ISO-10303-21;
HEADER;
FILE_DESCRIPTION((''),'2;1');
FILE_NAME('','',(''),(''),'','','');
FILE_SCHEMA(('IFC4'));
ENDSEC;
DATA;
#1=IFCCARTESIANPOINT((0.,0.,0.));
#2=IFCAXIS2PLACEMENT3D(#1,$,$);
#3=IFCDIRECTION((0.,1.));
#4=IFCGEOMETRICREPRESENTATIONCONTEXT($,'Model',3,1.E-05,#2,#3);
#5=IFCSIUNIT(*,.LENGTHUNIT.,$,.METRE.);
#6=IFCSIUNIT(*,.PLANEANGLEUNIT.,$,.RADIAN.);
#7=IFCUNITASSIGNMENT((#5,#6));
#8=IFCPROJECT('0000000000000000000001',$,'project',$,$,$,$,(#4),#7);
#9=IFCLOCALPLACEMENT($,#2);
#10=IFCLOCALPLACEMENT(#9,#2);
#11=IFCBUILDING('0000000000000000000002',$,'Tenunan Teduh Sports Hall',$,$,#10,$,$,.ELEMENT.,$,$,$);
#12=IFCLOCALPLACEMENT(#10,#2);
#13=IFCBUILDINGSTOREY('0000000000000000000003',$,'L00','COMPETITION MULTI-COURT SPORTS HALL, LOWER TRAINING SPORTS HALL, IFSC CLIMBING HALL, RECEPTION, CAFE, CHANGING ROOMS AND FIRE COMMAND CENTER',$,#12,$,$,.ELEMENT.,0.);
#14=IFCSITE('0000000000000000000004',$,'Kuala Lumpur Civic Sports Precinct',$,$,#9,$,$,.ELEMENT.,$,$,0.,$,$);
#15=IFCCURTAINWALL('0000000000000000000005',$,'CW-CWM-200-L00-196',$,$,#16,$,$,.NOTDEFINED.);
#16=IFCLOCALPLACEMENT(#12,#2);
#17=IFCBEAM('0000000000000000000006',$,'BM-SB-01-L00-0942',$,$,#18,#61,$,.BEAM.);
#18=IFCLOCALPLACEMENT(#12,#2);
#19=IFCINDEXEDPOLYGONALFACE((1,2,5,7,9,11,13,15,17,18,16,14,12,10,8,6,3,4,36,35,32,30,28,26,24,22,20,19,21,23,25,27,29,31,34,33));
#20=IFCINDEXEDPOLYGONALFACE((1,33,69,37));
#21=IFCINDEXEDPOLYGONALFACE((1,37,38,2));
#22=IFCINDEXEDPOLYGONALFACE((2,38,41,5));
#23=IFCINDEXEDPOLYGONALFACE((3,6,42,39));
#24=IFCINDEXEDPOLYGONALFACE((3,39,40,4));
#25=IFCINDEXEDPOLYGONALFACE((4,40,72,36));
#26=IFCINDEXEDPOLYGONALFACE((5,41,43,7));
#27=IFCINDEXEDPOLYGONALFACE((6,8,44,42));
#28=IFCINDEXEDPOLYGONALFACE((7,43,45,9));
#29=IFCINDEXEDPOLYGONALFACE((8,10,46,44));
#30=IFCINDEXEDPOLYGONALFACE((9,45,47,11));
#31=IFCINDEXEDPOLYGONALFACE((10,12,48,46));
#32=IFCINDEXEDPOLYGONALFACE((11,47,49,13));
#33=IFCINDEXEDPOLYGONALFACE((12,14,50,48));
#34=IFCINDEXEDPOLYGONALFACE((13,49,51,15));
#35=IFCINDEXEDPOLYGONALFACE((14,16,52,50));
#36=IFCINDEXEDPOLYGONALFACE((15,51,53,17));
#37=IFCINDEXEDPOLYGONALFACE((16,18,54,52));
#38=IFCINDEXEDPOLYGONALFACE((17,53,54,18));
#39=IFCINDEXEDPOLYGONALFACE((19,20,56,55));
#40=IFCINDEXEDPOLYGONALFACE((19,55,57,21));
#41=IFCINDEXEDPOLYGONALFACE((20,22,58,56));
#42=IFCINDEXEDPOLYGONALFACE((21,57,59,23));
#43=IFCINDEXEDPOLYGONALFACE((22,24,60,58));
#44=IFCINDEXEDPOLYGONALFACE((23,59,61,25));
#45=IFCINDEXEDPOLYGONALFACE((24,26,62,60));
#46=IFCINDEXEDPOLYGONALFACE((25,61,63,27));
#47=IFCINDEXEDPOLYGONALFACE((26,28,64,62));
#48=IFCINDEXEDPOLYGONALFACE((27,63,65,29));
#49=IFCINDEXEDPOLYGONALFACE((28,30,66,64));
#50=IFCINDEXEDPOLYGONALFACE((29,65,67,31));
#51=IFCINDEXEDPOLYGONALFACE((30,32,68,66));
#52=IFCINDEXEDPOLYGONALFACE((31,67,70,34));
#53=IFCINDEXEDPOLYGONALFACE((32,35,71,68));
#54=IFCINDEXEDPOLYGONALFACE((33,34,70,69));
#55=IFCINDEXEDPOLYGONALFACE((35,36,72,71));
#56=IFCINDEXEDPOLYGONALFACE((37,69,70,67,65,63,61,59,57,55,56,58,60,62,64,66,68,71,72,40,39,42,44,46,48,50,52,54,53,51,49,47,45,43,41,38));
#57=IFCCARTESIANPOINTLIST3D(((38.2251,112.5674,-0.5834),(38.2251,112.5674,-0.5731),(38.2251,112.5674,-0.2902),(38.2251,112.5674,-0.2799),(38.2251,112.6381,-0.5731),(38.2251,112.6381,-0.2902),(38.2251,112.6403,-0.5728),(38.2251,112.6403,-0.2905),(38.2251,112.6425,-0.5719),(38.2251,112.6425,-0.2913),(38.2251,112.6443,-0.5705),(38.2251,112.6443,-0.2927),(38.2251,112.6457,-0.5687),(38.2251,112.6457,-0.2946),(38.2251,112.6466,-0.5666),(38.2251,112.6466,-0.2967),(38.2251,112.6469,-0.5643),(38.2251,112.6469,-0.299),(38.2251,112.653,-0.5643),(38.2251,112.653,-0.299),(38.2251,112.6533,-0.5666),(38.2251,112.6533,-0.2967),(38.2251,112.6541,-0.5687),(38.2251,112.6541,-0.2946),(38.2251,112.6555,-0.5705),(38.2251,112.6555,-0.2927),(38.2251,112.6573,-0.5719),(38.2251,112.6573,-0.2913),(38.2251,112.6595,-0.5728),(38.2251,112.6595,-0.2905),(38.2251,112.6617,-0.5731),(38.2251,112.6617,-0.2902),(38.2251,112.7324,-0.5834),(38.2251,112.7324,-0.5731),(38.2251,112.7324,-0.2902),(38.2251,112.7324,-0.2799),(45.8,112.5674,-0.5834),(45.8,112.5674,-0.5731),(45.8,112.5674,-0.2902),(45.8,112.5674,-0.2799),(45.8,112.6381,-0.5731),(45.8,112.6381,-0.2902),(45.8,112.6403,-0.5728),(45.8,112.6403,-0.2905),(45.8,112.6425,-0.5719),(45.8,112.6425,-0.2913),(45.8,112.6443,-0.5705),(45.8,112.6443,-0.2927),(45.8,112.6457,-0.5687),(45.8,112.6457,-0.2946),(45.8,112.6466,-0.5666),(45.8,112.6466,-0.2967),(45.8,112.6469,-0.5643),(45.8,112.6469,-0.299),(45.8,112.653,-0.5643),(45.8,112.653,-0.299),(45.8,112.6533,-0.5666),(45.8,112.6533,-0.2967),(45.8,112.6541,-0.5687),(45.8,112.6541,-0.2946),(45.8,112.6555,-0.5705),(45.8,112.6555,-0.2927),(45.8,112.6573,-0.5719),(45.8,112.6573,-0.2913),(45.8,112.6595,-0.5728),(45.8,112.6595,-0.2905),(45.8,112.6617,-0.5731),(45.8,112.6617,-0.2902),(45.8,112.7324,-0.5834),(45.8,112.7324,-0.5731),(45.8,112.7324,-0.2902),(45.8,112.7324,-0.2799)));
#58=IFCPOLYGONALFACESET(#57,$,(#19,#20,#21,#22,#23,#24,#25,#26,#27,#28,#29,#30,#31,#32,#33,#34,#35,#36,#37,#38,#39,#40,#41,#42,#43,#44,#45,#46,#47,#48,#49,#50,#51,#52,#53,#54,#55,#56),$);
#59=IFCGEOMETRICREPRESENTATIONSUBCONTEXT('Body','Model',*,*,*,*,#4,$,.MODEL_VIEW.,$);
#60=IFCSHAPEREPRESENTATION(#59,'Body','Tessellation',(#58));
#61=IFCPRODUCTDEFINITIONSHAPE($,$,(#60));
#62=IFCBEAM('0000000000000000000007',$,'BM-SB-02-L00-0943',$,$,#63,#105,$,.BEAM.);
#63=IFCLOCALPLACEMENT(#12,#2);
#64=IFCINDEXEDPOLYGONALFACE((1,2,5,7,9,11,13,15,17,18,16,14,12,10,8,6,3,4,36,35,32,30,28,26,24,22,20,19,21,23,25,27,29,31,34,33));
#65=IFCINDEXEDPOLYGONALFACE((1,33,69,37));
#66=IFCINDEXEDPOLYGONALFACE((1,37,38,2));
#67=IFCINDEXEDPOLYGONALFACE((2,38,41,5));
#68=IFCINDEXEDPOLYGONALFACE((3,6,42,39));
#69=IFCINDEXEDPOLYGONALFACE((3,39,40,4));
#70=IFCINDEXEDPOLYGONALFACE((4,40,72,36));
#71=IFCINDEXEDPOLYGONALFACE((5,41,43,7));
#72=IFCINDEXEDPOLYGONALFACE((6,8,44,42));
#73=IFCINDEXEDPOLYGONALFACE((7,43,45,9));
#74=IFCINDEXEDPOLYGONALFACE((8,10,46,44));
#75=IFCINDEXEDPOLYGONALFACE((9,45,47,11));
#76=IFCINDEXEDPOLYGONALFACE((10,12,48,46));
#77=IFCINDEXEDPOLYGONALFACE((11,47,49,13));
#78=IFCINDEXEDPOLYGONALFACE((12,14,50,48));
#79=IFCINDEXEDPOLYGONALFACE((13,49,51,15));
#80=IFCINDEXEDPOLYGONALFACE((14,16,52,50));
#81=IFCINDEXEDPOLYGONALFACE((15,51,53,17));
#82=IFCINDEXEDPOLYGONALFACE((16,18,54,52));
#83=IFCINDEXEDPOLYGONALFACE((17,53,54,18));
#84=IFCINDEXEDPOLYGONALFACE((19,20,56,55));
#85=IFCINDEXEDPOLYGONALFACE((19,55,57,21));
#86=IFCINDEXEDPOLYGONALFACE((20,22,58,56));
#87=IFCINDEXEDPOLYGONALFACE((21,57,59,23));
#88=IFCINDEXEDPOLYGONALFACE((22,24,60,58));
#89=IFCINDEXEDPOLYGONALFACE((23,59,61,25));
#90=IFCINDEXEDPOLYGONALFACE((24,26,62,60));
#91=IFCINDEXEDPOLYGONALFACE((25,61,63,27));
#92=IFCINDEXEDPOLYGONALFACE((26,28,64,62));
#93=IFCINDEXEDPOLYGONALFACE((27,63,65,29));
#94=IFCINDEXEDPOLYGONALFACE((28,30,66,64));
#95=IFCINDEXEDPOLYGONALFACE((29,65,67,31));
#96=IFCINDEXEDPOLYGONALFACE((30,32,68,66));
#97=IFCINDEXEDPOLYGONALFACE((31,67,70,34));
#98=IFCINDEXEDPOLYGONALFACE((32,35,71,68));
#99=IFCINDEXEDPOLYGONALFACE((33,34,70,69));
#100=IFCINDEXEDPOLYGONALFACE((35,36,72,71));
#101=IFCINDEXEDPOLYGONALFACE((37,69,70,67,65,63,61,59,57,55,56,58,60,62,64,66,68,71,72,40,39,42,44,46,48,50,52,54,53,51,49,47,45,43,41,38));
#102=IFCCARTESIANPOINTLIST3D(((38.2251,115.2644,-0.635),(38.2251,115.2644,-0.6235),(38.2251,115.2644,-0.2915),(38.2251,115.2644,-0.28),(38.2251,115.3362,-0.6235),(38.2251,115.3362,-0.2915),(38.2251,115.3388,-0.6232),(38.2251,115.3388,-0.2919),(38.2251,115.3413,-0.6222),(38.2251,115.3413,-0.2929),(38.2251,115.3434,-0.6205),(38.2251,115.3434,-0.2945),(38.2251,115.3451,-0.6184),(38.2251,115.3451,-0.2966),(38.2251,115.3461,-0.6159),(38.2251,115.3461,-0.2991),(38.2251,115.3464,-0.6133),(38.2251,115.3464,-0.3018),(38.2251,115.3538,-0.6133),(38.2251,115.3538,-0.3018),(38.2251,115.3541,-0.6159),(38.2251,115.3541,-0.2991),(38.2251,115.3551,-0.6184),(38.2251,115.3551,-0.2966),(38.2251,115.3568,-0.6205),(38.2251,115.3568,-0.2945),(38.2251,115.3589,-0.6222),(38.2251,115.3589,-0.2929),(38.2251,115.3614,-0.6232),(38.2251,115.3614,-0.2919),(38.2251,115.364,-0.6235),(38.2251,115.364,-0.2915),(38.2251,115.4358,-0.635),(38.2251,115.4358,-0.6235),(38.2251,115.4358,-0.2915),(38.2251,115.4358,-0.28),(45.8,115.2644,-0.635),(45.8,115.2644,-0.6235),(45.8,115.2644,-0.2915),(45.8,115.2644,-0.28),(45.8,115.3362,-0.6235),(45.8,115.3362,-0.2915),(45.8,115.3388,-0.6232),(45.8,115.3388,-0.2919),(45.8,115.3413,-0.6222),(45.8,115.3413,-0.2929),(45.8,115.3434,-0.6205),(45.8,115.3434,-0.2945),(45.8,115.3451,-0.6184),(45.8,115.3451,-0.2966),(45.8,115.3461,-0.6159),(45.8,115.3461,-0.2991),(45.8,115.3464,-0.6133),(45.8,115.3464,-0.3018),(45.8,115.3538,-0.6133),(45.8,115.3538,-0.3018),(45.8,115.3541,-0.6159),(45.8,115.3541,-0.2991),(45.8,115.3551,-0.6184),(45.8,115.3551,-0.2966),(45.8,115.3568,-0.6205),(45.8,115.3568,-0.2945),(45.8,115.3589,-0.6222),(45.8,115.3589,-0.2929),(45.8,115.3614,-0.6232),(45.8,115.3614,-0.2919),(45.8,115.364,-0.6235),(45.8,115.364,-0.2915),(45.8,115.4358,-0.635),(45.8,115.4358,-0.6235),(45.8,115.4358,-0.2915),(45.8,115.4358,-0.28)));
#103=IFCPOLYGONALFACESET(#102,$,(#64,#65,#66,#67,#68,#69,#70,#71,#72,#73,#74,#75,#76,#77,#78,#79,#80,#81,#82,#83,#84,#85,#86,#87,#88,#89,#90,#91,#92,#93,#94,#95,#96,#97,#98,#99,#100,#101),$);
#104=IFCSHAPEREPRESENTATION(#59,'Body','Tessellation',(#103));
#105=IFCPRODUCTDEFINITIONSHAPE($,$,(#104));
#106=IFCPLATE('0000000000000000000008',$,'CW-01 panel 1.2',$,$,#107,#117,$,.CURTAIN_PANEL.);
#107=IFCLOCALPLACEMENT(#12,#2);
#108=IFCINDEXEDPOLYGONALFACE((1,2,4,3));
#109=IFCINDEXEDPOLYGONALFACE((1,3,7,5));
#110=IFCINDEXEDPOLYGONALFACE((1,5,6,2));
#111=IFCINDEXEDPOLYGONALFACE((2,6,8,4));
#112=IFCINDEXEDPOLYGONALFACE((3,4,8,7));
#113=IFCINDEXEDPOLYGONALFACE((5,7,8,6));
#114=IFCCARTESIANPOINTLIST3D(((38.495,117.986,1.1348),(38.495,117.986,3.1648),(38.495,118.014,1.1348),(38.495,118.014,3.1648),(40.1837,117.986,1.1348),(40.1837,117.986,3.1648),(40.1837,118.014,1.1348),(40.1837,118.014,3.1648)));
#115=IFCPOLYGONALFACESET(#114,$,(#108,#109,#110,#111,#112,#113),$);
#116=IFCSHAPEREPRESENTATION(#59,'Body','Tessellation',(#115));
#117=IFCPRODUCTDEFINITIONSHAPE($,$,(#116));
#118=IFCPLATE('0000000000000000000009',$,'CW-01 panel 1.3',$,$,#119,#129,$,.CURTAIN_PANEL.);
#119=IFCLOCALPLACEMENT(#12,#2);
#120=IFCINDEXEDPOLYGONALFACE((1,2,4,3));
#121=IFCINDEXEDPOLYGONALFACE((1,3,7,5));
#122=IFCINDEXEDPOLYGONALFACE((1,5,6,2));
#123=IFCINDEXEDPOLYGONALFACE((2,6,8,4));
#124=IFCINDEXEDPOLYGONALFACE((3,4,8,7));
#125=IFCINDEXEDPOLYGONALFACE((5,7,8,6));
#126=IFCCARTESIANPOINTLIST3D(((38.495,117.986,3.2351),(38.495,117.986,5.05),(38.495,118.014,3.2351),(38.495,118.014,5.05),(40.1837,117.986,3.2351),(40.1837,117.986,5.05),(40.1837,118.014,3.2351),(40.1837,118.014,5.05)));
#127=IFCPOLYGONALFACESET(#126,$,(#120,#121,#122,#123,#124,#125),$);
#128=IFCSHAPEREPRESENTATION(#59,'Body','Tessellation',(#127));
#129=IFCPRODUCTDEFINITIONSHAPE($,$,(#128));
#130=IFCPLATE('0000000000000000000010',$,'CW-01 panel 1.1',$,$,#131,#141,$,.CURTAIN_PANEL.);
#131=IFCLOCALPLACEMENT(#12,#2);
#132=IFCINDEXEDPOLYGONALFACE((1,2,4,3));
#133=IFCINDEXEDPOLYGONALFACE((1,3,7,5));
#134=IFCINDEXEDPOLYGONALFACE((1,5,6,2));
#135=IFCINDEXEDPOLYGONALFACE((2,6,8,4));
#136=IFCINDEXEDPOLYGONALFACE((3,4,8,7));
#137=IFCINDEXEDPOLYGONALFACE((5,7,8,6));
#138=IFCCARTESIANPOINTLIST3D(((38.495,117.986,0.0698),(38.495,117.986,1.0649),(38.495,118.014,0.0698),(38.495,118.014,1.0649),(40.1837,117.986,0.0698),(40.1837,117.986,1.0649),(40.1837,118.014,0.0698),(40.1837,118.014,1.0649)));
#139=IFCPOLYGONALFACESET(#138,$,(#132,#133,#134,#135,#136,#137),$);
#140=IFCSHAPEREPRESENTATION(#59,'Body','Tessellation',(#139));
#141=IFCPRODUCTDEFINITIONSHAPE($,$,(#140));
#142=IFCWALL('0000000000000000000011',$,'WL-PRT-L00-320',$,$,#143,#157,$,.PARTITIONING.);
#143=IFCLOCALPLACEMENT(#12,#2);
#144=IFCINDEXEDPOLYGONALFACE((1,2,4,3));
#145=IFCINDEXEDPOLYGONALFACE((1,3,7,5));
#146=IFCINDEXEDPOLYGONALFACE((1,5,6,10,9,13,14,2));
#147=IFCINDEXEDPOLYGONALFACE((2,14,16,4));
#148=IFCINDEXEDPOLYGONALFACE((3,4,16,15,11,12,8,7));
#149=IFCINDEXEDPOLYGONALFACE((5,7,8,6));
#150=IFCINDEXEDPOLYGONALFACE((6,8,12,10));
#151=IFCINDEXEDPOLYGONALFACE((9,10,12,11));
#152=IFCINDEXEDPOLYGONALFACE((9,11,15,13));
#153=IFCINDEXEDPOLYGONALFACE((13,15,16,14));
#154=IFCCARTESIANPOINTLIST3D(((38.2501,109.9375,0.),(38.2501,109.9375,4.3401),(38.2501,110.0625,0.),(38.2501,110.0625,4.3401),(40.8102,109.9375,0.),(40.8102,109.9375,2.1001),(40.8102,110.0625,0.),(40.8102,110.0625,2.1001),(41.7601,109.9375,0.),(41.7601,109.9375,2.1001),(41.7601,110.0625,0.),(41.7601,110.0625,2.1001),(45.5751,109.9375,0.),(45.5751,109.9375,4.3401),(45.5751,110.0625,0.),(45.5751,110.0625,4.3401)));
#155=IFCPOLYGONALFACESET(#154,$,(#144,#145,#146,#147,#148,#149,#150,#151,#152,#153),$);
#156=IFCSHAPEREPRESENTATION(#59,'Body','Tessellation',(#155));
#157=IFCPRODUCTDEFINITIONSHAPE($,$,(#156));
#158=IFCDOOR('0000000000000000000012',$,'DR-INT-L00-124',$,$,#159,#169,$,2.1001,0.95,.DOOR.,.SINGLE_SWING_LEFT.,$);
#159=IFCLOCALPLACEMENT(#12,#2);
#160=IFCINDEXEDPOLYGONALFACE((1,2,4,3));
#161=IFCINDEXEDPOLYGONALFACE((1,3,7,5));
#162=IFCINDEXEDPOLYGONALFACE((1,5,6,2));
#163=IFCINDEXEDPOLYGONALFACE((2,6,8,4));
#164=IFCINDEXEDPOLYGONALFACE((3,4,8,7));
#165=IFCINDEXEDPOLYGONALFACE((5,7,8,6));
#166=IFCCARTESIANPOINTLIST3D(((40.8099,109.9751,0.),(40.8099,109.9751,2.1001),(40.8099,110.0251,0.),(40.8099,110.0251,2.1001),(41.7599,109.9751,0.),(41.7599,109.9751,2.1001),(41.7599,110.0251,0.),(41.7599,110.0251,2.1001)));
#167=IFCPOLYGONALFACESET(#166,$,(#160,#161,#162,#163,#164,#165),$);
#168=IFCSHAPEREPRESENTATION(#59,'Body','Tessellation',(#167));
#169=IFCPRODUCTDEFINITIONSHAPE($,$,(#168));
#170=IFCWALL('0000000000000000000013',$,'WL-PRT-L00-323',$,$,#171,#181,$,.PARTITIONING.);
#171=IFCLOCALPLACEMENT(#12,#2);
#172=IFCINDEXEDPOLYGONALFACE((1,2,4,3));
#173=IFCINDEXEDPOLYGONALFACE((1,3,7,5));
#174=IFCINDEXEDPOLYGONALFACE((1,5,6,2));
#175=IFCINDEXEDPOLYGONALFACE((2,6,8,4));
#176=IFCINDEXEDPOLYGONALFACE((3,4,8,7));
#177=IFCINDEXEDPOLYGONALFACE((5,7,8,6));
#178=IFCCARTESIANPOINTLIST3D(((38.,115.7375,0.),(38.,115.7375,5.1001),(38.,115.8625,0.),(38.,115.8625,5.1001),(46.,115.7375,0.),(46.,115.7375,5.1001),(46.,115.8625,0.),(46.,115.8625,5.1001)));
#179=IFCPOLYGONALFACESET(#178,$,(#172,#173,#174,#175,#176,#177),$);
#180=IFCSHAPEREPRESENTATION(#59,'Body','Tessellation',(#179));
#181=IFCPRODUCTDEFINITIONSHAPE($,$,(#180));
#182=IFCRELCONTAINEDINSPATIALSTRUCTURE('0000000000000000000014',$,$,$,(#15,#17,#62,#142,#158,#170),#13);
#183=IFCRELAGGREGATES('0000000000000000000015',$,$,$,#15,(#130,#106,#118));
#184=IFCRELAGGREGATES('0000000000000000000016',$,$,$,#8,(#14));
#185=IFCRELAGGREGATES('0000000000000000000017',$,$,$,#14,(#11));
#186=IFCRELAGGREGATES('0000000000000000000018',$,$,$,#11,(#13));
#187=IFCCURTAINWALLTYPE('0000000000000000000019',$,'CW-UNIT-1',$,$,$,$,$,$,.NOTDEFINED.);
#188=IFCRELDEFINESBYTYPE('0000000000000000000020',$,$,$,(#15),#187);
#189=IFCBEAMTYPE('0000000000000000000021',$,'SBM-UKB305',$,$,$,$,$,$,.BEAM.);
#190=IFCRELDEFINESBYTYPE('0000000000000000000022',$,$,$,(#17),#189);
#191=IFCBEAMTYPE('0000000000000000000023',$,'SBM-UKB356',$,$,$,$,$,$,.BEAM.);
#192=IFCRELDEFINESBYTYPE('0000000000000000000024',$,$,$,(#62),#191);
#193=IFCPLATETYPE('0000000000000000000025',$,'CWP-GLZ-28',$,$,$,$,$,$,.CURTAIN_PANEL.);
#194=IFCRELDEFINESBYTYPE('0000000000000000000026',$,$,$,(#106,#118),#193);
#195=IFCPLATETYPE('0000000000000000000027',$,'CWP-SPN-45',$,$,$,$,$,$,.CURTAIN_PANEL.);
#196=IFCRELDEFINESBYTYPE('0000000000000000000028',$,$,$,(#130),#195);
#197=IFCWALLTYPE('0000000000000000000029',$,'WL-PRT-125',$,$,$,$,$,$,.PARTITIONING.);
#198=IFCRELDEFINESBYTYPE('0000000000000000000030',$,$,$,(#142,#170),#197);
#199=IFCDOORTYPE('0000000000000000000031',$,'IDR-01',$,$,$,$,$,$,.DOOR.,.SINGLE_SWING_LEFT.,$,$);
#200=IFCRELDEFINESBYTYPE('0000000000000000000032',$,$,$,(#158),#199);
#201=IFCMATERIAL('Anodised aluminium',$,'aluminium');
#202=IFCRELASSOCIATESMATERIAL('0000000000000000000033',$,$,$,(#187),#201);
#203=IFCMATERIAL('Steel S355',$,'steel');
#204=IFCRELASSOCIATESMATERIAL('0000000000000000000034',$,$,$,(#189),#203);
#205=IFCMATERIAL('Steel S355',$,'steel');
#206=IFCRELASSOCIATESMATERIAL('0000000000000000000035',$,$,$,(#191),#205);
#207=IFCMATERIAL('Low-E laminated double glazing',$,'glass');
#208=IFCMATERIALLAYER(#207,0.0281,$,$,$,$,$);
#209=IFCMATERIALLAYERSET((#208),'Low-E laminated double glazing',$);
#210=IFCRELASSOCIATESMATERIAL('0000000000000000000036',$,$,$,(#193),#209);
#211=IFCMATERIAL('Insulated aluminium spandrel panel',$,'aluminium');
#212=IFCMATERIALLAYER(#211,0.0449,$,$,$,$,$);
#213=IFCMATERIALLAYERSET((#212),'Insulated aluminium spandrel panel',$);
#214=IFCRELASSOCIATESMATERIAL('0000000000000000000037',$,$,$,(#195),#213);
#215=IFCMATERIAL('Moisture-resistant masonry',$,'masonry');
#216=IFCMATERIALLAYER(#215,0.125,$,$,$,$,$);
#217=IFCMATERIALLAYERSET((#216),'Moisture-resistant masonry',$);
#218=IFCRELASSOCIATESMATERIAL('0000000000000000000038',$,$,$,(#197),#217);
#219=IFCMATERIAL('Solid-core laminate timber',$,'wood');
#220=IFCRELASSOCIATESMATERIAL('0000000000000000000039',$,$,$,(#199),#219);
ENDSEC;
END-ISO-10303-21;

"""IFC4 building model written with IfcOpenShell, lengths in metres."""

from ifc_helpers import new_model, si_unit, direction, frame, frame_2d, origin, origin_2d, place, context, subcontext, project, spatial, rectangle, i_section, extrude, material, layer, layer_set, material_profile, profile_set, type_object, element, fill, aggregate, save


model = new_model("IFC4")

# Units and contexts
model_context = context("Model", 3, precision=1e-05, world=origin(), true_north=direction((0.0, 1.0)))
body_context = subcontext(model_context, "Body", "Model", "MODEL_VIEW")
ifc_project = project(units=[si_unit("LENGTHUNIT", "METRE"), si_unit("PLANEANGLEUNIT", "RADIAN")], contexts=[model_context])

# Site, building, storey
site_placement = place(None, origin())
site = spatial("IfcSite", under=ifc_project, at=site_placement, Name="Kuala Lumpur Civic Sports Precinct", CompositionType="ELEMENT", RefElevation=0.0)
building_placement = place(site_placement, origin())
building = spatial("IfcBuilding", under=site, at=building_placement, Name="Tenunan Teduh Sports Hall", CompositionType="ELEMENT")
storey_placement = place(building_placement, origin())
storey = spatial("IfcBuildingStorey", under=building, at=storey_placement, Name="L00", Description="COMPETITION MULTI-COURT SPORTS HALL, LOWER TRAINING SPORTS HALL, IFSC CLIMBING HALL, RECEPTION, CAFE, CHANGING ROOMS AND FIRE COMMAND CENTER", CompositionType="ELEMENT", Elevation=0.0)

# Curtain wall
ifc_material_1 = material(Name="Anodised aluminium", Category="aluminium")
curtain_wall_type = type_object("IfcCurtainWallType", Name="CW-UNIT-1", PredefinedType="NOTDEFINED", material=ifc_material_1)
curtain_wall_placement = place(storey_placement, origin())
curtain_wall = element("IfcCurtainWall", 1, at=curtain_wall_placement, inside=storey, type_object=curtain_wall_type, Name="CW-CWM-200-L00-196", PredefinedType="NOTDEFINED")

# Beams
ifc_material_2 = material(Name="Steel S355", Category="steel")
ifc_material_profile_1 = material_profile(ifc_material_2, i_section(OverallWidth=0.165, OverallDepth=0.3035, WebThickness=0.0061, FlangeThickness=0.0103, FilletRadius=0.0088, at=origin_2d()), Name="UKB 305x165x40")
ifc_profile_set_1 = profile_set([ifc_material_profile_1], Name="Steel S355")
beam_type_1 = type_object("IfcBeamType", Name="SBM-UKB305", PredefinedType="BEAM", material=ifc_profile_set_1)
beam_1_placement = place(storey_placement, frame((38.2251, 112.6499, -0.4316), z_axis=(1.0, 0.0, 0.0), x_axis=(0.0, 1.0, 0.0)))
element("IfcBeam", 2, at=beam_1_placement, inside=storey, type_object=beam_type_1, Name="BM-SB-01-L00-0942", PredefinedType="BEAM", context=body_context, shape_type="SweptSolid", body=[
    extrude(i_section(OverallWidth=0.165, OverallDepth=0.3035, WebThickness=0.0061, FlangeThickness=0.0103, FilletRadius=0.0088, at=origin_2d()), origin(), (0.0, 0.0, 1.0), 7.575),
])
ifc_material_3 = material(Name="Steel S355", Category="steel")
ifc_material_profile_2 = material_profile(ifc_material_3, i_section(OverallWidth=0.1714, OverallDepth=0.355, WebThickness=0.0073, FlangeThickness=0.0115, FilletRadius=0.0103, at=origin_2d()), Name="UKB 356x171x51")
ifc_profile_set_2 = profile_set([ifc_material_profile_2], Name="Steel S355")
beam_type_2 = type_object("IfcBeamType", Name="SBM-UKB356", PredefinedType="BEAM", material=ifc_profile_set_2)
beam_2_placement = place(storey_placement, frame((38.2251, 115.3501, -0.4575), z_axis=(1.0, 0.0, 0.0), x_axis=(0.0, 1.0, 0.0)))
element("IfcBeam", 3, at=beam_2_placement, inside=storey, type_object=beam_type_2, Name="BM-SB-02-L00-0943", PredefinedType="BEAM", context=body_context, shape_type="SweptSolid", body=[
    extrude(i_section(OverallWidth=0.1714, OverallDepth=0.355, WebThickness=0.0073, FlangeThickness=0.0115, FilletRadius=0.0103, at=origin_2d()), origin(), (0.0, 0.0, 1.0), 7.575),
])

# Plates
ifc_material_4 = material(Name="Low-E laminated double glazing", Category="glass")
ifc_layer_1 = layer(ifc_material_4, 0.0281)
ifc_layer_set_1 = layer_set([ifc_layer_1], Name="Low-E laminated double glazing")
plate_type_1 = type_object("IfcPlateType", Name="CWP-GLZ-28", PredefinedType="CURTAIN_PANEL", material=ifc_layer_set_1)
plate_1_placement = place(storey_placement, frame((39.3394, 118.0, 1.1348), z_axis=(0.0, 0.0, 1.0), x_axis=(1.0, 0.0, 0.0)))
plate_1 = element("IfcPlate", 4, at=plate_1_placement, type_object=plate_type_1, Name="CW-01 panel 1.2", PredefinedType="CURTAIN_PANEL", context=body_context, shape_type="SweptSolid", body=[
    extrude(rectangle(XDim=1.6887, YDim=0.0281, at=origin_2d()), origin(), (0.0, 0.0, 1.0), 2.03),
])
plate_2_placement = place(storey_placement, frame((39.3394, 118.0, 3.2351), z_axis=(0.0, 0.0, 1.0), x_axis=(1.0, 0.0, 0.0)))
plate_2 = element("IfcPlate", 5, at=plate_2_placement, type_object=plate_type_1, Name="CW-01 panel 1.3", PredefinedType="CURTAIN_PANEL", context=body_context, shape_type="SweptSolid", body=[
    extrude(rectangle(XDim=1.6887, YDim=0.0281, at=origin_2d()), origin(), (0.0, 0.0, 1.0), 1.8149),
])
ifc_material_5 = material(Name="Insulated aluminium spandrel panel", Category="aluminium")
ifc_layer_2 = layer(ifc_material_5, 0.0449)
ifc_layer_set_2 = layer_set([ifc_layer_2], Name="Insulated aluminium spandrel panel")
plate_type_2 = type_object("IfcPlateType", Name="CWP-SPN-45", PredefinedType="CURTAIN_PANEL", material=ifc_layer_set_2)
plate_3_placement = place(storey_placement, frame((39.3394, 118.0, 0.0698), z_axis=(0.0, 0.0, 1.0), x_axis=(1.0, 0.0, 0.0)))
plate_3 = element("IfcPlate", 6, at=plate_3_placement, type_object=plate_type_2, Name="CW-01 panel 1.1", PredefinedType="CURTAIN_PANEL", context=body_context, shape_type="SweptSolid", body=[
    extrude(rectangle(XDim=1.6887, YDim=0.0281, at=origin_2d()), origin(), (0.0, 0.0, 1.0), 0.9951),
])
aggregate(curtain_wall, [plate_3, plate_1, plate_2])

# Wall, opening, door
ifc_material_6 = material(Name="Moisture-resistant masonry", Category="masonry")
ifc_layer_3 = layer(ifc_material_6, 0.125)
ifc_layer_set_3 = layer_set([ifc_layer_3], Name="Moisture-resistant masonry")
wall_type = type_object("IfcWallType", Name="WL-PRT-125", PredefinedType="PARTITIONING", material=ifc_layer_set_3)
wall_1_placement = place(storey_placement, frame((38.25, 110.0, 0.0), z_axis=(0.0, 0.0, 1.0), x_axis=(1.0, 0.0, 0.0)))
wall_1 = element("IfcWall", 7, at=wall_1_placement, inside=storey, type_object=wall_type, Name="WL-PRT-L00-320", PredefinedType="PARTITIONING", context=body_context, shape_type="SweptSolid", body=[
    extrude(rectangle(XDim=7.325, YDim=0.125, at=frame_2d((3.6626, 0.0))), origin(), (0.0, 0.0, 1.0), 4.3401),
])
opening_placement = place(wall_1_placement, frame((2.5601, 0.0, 0.0)))
opening = element("IfcOpeningElement", 8, at=opening_placement, cuts=wall_1, PredefinedType="OPENING", context=body_context, shape_type="SweptSolid", body=[
    extrude(rectangle(XDim=0.95, YDim=2.1001, at=frame_2d((0.4751, 1.05))), frame((0.0, 0.0725, 0.0), z_axis=(0.0, -1.0, 0.0), x_axis=(1.0, 0.0, 0.0)), (0.0, 0.0, 1.0), 0.145),
])
ifc_material_7 = material(Name="Solid-core laminate timber", Category="wood")
door_type = type_object("IfcDoorType", Name="IDR-01", OperationType="SINGLE_SWING_LEFT", PredefinedType="DOOR", material=ifc_material_7)
door_placement = place(opening_placement, frame((0.95, 0.0, 0.0), z_axis=(0.0, 0.0, 1.0), x_axis=(-1.0, 0.0, 0.0)))
door = element("IfcDoor", 9, at=door_placement, inside=storey, type_object=door_type, Name="DR-INT-L00-124", OperationType="SINGLE_SWING_LEFT", OverallHeight=2.1001, OverallWidth=0.95, PredefinedType="DOOR", context=body_context, shape_type="SweptSolid", body=[
    extrude(rectangle(XDim=0.95, YDim=2.1001, at=frame_2d((0.4751, 1.05))), frame((0.0, 0.0249, 0.0), z_axis=(0.0, -1.0, 0.0), x_axis=(1.0, 0.0, 0.0)), (0.0, 0.0, 1.0), 0.05),
])
fill(opening, door)

# Wall
wall_2_placement = place(storey_placement, frame((38.0, 115.8, 0.0), z_axis=(0.0, 0.0, 1.0), x_axis=(1.0, 0.0, 0.0)))
element("IfcWall", 10, at=wall_2_placement, inside=storey, type_object=wall_type, Name="WL-PRT-L00-323", PredefinedType="PARTITIONING", context=body_context, shape_type="SweptSolid", body=[
    extrude(rectangle(XDim=8.0, YDim=0.125, at=frame_2d((4.0, 0.0))), origin(), (0.0, 0.0, 1.0), 5.1001),
])

save(model, "model.ifc")
